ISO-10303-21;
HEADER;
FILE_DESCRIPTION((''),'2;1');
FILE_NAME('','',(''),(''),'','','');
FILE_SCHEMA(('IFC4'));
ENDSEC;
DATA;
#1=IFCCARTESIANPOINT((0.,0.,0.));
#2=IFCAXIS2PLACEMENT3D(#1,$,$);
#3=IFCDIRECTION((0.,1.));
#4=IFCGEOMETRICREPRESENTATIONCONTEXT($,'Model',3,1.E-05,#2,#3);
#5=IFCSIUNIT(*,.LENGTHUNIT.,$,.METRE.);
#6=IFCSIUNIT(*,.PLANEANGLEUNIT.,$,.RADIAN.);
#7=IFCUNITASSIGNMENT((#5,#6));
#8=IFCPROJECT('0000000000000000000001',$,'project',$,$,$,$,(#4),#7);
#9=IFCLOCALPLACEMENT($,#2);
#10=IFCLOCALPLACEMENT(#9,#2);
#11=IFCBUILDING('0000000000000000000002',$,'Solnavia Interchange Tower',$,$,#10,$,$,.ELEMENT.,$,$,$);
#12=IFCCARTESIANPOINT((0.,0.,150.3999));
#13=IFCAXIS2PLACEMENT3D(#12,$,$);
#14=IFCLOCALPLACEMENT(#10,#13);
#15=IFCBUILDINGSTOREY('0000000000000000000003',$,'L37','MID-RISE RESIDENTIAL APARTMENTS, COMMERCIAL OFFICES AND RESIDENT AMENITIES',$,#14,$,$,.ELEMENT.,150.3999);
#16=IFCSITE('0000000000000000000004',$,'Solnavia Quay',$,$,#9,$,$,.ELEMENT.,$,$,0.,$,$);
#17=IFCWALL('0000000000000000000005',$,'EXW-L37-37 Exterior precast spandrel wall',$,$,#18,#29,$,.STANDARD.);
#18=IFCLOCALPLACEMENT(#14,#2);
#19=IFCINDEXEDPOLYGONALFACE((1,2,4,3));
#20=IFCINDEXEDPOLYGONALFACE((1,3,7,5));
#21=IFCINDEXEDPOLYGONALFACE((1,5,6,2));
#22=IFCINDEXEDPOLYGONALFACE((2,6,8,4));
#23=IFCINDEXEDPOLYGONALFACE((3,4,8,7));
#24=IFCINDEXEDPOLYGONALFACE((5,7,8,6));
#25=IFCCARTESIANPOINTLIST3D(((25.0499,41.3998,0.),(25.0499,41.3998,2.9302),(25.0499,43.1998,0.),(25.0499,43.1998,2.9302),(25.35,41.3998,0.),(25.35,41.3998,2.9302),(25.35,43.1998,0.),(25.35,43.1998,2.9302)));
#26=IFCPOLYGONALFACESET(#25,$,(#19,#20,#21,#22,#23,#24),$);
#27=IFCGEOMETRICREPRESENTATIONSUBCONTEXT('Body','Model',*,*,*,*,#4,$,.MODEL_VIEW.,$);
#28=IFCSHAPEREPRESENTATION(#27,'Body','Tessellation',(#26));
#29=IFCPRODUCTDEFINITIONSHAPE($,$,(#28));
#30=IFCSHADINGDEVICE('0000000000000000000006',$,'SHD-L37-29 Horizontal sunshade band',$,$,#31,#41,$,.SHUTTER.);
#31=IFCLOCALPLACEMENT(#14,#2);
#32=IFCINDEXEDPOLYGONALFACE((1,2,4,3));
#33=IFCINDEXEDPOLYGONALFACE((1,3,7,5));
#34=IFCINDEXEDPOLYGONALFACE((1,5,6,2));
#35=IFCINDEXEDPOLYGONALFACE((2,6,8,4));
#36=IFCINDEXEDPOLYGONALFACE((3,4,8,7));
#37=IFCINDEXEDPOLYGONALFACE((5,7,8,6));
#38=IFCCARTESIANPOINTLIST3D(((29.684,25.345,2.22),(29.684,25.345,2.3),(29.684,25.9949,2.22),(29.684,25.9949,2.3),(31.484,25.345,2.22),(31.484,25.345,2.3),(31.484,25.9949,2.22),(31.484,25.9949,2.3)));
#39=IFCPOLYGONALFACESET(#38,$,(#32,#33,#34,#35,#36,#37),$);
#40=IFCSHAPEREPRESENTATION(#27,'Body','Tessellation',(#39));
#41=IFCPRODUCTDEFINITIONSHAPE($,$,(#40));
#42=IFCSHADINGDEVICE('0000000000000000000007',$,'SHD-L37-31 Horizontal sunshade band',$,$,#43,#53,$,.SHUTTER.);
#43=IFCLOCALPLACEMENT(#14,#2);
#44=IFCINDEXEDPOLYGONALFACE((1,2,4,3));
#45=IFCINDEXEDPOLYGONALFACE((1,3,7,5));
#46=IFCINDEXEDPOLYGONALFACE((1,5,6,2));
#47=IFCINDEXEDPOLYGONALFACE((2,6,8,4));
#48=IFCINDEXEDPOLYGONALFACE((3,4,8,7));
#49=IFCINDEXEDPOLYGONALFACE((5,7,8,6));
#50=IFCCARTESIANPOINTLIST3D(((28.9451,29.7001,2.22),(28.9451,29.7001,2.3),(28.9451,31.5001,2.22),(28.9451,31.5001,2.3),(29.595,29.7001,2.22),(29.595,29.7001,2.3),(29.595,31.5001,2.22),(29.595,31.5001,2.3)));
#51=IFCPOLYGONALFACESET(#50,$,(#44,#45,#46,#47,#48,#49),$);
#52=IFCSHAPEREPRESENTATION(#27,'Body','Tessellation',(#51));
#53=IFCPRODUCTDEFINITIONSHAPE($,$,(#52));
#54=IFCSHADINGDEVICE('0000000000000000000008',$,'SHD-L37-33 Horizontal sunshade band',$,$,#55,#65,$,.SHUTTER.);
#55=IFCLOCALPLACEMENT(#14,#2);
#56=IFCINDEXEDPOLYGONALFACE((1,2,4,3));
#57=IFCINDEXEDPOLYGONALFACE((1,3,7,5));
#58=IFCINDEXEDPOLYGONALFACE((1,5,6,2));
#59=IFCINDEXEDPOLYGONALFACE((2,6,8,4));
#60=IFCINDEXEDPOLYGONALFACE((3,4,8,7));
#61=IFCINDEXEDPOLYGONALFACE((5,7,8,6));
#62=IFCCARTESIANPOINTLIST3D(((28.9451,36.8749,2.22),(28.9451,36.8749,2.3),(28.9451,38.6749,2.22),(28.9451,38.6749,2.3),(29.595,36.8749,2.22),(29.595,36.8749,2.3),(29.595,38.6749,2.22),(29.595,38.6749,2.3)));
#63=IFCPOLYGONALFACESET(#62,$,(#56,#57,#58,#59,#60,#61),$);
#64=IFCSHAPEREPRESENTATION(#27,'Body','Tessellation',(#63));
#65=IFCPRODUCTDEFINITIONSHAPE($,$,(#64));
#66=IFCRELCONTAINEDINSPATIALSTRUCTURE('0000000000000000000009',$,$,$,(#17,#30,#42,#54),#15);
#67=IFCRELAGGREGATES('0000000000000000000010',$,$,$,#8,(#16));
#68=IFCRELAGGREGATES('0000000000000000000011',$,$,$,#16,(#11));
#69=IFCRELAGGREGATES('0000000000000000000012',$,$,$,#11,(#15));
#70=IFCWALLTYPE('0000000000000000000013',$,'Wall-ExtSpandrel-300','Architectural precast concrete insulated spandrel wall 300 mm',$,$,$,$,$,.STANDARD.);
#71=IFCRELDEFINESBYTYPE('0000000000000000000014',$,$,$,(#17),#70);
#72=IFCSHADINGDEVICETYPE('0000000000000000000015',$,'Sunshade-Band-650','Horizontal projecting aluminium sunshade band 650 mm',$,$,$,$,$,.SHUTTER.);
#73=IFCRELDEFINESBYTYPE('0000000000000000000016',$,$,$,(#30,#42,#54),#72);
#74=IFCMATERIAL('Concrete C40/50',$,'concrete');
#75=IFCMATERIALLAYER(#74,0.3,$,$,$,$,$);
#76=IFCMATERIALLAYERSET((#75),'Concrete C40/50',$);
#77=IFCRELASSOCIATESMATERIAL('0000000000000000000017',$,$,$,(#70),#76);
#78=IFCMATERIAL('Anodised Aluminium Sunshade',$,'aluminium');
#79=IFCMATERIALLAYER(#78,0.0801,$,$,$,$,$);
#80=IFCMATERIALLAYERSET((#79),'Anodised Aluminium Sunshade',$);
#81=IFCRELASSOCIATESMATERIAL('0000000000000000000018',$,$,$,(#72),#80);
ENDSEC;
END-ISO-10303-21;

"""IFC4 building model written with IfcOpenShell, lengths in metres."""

from ifc_helpers import new_model, si_unit, direction, frame, frame_2d, origin, origin_2d, place, context, subcontext, project, spatial, rectangle, extrude, material, layer, layer_set, type_object, element, save


model = new_model("IFC4")

# Units and contexts
model_context = context("Model", 3, precision=1e-05, world=origin(), true_north=direction((0.0, 1.0)))
body_context = subcontext(model_context, "Body", "Model", "MODEL_VIEW")
ifc_project = project(units=[si_unit("LENGTHUNIT", "METRE"), si_unit("PLANEANGLEUNIT", "RADIAN")], contexts=[model_context])

# Site, building, storey
site_placement = place(None, origin())
site = spatial("IfcSite", under=ifc_project, at=site_placement, Name="Solnavia Quay", CompositionType="ELEMENT", RefElevation=0.0)
building_placement = place(site_placement, origin())
building = spatial("IfcBuilding", under=site, at=building_placement, Name="Solnavia Interchange Tower", CompositionType="ELEMENT")
storey_placement = place(building_placement, frame((0.0, 0.0, 150.3999)))
storey = spatial("IfcBuildingStorey", under=building, at=storey_placement, Name="L37", Description="MID-RISE RESIDENTIAL APARTMENTS, COMMERCIAL OFFICES AND RESIDENT AMENITIES", CompositionType="ELEMENT", Elevation=150.3999)

# Shared definitions
ifc_material_1 = material(Name="Concrete C40/50", Category="concrete")
ifc_layer_1 = layer(ifc_material_1, 0.3)
ifc_layer_set_1 = layer_set([ifc_layer_1], Name="Concrete C40/50")
wall_type = type_object("IfcWallType", Name="Wall-ExtSpandrel-300", Description="Architectural precast concrete insulated spandrel wall 300 mm", PredefinedType="STANDARD", material=ifc_layer_set_1)

# Wall
wall_1_placement = place(storey_placement, frame((25.2, 41.3999, 0.0), z_axis=(0.0, 0.0, 1.0), x_axis=(0.0, 1.0, 0.0)))
element("IfcWall", 1, at=wall_1_placement, inside=storey, type_object=wall_type, Name="EXW-L37-37 Exterior precast spandrel wall", PredefinedType="STANDARD", context=body_context, shape_type="SweptSolid", body=[
    extrude(rectangle(XDim=1.8, YDim=0.3, at=frame_2d((0.8999, 0.0))), origin(), (0.0, 0.0, 1.0), 2.9302),
])

# Shading devices
ifc_material_2 = material(Name="Anodised Aluminium Sunshade", Category="aluminium")
ifc_layer_2 = layer(ifc_material_2, 0.0801)
ifc_layer_set_2 = layer_set([ifc_layer_2], Name="Anodised Aluminium Sunshade")
shading_device_type = type_object("IfcShadingDeviceType", Name="Sunshade-Band-650", Description="Horizontal projecting aluminium sunshade band 650 mm", PredefinedType="SHUTTER", material=ifc_layer_set_2)
for number, where, z_axis, x_axis, name in (
    (2, (30.584, 25.6699, 2.22), (0.0, 0.0, 1.0), (1.0, 0.0, 0.0), "SHD-L37-29 Horizontal sunshade band"),
    (3, (29.27, 30.6001, 2.22), (0.0, 0.0, 1.0), (0.0, -1.0, 0.0), "SHD-L37-31 Horizontal sunshade band"),
    (4, (29.27, 37.7749, 2.22), (0.0, 0.0, 1.0), (0.0, -1.0, 0.0), "SHD-L37-33 Horizontal sunshade band"),
):
    element("IfcShadingDevice", number, at=place(storey_placement, frame(where, z_axis=z_axis, x_axis=x_axis)), inside=storey, type_object=shading_device_type, Name=name, PredefinedType="SHUTTER", context=body_context, shape_type="SweptSolid", body=[
        extrude(rectangle(XDim=1.8, YDim=0.6499, at=origin_2d()), origin(), (0.0, 0.0, 1.0), 0.0801),
    ])

save(model, "model.ifc")
